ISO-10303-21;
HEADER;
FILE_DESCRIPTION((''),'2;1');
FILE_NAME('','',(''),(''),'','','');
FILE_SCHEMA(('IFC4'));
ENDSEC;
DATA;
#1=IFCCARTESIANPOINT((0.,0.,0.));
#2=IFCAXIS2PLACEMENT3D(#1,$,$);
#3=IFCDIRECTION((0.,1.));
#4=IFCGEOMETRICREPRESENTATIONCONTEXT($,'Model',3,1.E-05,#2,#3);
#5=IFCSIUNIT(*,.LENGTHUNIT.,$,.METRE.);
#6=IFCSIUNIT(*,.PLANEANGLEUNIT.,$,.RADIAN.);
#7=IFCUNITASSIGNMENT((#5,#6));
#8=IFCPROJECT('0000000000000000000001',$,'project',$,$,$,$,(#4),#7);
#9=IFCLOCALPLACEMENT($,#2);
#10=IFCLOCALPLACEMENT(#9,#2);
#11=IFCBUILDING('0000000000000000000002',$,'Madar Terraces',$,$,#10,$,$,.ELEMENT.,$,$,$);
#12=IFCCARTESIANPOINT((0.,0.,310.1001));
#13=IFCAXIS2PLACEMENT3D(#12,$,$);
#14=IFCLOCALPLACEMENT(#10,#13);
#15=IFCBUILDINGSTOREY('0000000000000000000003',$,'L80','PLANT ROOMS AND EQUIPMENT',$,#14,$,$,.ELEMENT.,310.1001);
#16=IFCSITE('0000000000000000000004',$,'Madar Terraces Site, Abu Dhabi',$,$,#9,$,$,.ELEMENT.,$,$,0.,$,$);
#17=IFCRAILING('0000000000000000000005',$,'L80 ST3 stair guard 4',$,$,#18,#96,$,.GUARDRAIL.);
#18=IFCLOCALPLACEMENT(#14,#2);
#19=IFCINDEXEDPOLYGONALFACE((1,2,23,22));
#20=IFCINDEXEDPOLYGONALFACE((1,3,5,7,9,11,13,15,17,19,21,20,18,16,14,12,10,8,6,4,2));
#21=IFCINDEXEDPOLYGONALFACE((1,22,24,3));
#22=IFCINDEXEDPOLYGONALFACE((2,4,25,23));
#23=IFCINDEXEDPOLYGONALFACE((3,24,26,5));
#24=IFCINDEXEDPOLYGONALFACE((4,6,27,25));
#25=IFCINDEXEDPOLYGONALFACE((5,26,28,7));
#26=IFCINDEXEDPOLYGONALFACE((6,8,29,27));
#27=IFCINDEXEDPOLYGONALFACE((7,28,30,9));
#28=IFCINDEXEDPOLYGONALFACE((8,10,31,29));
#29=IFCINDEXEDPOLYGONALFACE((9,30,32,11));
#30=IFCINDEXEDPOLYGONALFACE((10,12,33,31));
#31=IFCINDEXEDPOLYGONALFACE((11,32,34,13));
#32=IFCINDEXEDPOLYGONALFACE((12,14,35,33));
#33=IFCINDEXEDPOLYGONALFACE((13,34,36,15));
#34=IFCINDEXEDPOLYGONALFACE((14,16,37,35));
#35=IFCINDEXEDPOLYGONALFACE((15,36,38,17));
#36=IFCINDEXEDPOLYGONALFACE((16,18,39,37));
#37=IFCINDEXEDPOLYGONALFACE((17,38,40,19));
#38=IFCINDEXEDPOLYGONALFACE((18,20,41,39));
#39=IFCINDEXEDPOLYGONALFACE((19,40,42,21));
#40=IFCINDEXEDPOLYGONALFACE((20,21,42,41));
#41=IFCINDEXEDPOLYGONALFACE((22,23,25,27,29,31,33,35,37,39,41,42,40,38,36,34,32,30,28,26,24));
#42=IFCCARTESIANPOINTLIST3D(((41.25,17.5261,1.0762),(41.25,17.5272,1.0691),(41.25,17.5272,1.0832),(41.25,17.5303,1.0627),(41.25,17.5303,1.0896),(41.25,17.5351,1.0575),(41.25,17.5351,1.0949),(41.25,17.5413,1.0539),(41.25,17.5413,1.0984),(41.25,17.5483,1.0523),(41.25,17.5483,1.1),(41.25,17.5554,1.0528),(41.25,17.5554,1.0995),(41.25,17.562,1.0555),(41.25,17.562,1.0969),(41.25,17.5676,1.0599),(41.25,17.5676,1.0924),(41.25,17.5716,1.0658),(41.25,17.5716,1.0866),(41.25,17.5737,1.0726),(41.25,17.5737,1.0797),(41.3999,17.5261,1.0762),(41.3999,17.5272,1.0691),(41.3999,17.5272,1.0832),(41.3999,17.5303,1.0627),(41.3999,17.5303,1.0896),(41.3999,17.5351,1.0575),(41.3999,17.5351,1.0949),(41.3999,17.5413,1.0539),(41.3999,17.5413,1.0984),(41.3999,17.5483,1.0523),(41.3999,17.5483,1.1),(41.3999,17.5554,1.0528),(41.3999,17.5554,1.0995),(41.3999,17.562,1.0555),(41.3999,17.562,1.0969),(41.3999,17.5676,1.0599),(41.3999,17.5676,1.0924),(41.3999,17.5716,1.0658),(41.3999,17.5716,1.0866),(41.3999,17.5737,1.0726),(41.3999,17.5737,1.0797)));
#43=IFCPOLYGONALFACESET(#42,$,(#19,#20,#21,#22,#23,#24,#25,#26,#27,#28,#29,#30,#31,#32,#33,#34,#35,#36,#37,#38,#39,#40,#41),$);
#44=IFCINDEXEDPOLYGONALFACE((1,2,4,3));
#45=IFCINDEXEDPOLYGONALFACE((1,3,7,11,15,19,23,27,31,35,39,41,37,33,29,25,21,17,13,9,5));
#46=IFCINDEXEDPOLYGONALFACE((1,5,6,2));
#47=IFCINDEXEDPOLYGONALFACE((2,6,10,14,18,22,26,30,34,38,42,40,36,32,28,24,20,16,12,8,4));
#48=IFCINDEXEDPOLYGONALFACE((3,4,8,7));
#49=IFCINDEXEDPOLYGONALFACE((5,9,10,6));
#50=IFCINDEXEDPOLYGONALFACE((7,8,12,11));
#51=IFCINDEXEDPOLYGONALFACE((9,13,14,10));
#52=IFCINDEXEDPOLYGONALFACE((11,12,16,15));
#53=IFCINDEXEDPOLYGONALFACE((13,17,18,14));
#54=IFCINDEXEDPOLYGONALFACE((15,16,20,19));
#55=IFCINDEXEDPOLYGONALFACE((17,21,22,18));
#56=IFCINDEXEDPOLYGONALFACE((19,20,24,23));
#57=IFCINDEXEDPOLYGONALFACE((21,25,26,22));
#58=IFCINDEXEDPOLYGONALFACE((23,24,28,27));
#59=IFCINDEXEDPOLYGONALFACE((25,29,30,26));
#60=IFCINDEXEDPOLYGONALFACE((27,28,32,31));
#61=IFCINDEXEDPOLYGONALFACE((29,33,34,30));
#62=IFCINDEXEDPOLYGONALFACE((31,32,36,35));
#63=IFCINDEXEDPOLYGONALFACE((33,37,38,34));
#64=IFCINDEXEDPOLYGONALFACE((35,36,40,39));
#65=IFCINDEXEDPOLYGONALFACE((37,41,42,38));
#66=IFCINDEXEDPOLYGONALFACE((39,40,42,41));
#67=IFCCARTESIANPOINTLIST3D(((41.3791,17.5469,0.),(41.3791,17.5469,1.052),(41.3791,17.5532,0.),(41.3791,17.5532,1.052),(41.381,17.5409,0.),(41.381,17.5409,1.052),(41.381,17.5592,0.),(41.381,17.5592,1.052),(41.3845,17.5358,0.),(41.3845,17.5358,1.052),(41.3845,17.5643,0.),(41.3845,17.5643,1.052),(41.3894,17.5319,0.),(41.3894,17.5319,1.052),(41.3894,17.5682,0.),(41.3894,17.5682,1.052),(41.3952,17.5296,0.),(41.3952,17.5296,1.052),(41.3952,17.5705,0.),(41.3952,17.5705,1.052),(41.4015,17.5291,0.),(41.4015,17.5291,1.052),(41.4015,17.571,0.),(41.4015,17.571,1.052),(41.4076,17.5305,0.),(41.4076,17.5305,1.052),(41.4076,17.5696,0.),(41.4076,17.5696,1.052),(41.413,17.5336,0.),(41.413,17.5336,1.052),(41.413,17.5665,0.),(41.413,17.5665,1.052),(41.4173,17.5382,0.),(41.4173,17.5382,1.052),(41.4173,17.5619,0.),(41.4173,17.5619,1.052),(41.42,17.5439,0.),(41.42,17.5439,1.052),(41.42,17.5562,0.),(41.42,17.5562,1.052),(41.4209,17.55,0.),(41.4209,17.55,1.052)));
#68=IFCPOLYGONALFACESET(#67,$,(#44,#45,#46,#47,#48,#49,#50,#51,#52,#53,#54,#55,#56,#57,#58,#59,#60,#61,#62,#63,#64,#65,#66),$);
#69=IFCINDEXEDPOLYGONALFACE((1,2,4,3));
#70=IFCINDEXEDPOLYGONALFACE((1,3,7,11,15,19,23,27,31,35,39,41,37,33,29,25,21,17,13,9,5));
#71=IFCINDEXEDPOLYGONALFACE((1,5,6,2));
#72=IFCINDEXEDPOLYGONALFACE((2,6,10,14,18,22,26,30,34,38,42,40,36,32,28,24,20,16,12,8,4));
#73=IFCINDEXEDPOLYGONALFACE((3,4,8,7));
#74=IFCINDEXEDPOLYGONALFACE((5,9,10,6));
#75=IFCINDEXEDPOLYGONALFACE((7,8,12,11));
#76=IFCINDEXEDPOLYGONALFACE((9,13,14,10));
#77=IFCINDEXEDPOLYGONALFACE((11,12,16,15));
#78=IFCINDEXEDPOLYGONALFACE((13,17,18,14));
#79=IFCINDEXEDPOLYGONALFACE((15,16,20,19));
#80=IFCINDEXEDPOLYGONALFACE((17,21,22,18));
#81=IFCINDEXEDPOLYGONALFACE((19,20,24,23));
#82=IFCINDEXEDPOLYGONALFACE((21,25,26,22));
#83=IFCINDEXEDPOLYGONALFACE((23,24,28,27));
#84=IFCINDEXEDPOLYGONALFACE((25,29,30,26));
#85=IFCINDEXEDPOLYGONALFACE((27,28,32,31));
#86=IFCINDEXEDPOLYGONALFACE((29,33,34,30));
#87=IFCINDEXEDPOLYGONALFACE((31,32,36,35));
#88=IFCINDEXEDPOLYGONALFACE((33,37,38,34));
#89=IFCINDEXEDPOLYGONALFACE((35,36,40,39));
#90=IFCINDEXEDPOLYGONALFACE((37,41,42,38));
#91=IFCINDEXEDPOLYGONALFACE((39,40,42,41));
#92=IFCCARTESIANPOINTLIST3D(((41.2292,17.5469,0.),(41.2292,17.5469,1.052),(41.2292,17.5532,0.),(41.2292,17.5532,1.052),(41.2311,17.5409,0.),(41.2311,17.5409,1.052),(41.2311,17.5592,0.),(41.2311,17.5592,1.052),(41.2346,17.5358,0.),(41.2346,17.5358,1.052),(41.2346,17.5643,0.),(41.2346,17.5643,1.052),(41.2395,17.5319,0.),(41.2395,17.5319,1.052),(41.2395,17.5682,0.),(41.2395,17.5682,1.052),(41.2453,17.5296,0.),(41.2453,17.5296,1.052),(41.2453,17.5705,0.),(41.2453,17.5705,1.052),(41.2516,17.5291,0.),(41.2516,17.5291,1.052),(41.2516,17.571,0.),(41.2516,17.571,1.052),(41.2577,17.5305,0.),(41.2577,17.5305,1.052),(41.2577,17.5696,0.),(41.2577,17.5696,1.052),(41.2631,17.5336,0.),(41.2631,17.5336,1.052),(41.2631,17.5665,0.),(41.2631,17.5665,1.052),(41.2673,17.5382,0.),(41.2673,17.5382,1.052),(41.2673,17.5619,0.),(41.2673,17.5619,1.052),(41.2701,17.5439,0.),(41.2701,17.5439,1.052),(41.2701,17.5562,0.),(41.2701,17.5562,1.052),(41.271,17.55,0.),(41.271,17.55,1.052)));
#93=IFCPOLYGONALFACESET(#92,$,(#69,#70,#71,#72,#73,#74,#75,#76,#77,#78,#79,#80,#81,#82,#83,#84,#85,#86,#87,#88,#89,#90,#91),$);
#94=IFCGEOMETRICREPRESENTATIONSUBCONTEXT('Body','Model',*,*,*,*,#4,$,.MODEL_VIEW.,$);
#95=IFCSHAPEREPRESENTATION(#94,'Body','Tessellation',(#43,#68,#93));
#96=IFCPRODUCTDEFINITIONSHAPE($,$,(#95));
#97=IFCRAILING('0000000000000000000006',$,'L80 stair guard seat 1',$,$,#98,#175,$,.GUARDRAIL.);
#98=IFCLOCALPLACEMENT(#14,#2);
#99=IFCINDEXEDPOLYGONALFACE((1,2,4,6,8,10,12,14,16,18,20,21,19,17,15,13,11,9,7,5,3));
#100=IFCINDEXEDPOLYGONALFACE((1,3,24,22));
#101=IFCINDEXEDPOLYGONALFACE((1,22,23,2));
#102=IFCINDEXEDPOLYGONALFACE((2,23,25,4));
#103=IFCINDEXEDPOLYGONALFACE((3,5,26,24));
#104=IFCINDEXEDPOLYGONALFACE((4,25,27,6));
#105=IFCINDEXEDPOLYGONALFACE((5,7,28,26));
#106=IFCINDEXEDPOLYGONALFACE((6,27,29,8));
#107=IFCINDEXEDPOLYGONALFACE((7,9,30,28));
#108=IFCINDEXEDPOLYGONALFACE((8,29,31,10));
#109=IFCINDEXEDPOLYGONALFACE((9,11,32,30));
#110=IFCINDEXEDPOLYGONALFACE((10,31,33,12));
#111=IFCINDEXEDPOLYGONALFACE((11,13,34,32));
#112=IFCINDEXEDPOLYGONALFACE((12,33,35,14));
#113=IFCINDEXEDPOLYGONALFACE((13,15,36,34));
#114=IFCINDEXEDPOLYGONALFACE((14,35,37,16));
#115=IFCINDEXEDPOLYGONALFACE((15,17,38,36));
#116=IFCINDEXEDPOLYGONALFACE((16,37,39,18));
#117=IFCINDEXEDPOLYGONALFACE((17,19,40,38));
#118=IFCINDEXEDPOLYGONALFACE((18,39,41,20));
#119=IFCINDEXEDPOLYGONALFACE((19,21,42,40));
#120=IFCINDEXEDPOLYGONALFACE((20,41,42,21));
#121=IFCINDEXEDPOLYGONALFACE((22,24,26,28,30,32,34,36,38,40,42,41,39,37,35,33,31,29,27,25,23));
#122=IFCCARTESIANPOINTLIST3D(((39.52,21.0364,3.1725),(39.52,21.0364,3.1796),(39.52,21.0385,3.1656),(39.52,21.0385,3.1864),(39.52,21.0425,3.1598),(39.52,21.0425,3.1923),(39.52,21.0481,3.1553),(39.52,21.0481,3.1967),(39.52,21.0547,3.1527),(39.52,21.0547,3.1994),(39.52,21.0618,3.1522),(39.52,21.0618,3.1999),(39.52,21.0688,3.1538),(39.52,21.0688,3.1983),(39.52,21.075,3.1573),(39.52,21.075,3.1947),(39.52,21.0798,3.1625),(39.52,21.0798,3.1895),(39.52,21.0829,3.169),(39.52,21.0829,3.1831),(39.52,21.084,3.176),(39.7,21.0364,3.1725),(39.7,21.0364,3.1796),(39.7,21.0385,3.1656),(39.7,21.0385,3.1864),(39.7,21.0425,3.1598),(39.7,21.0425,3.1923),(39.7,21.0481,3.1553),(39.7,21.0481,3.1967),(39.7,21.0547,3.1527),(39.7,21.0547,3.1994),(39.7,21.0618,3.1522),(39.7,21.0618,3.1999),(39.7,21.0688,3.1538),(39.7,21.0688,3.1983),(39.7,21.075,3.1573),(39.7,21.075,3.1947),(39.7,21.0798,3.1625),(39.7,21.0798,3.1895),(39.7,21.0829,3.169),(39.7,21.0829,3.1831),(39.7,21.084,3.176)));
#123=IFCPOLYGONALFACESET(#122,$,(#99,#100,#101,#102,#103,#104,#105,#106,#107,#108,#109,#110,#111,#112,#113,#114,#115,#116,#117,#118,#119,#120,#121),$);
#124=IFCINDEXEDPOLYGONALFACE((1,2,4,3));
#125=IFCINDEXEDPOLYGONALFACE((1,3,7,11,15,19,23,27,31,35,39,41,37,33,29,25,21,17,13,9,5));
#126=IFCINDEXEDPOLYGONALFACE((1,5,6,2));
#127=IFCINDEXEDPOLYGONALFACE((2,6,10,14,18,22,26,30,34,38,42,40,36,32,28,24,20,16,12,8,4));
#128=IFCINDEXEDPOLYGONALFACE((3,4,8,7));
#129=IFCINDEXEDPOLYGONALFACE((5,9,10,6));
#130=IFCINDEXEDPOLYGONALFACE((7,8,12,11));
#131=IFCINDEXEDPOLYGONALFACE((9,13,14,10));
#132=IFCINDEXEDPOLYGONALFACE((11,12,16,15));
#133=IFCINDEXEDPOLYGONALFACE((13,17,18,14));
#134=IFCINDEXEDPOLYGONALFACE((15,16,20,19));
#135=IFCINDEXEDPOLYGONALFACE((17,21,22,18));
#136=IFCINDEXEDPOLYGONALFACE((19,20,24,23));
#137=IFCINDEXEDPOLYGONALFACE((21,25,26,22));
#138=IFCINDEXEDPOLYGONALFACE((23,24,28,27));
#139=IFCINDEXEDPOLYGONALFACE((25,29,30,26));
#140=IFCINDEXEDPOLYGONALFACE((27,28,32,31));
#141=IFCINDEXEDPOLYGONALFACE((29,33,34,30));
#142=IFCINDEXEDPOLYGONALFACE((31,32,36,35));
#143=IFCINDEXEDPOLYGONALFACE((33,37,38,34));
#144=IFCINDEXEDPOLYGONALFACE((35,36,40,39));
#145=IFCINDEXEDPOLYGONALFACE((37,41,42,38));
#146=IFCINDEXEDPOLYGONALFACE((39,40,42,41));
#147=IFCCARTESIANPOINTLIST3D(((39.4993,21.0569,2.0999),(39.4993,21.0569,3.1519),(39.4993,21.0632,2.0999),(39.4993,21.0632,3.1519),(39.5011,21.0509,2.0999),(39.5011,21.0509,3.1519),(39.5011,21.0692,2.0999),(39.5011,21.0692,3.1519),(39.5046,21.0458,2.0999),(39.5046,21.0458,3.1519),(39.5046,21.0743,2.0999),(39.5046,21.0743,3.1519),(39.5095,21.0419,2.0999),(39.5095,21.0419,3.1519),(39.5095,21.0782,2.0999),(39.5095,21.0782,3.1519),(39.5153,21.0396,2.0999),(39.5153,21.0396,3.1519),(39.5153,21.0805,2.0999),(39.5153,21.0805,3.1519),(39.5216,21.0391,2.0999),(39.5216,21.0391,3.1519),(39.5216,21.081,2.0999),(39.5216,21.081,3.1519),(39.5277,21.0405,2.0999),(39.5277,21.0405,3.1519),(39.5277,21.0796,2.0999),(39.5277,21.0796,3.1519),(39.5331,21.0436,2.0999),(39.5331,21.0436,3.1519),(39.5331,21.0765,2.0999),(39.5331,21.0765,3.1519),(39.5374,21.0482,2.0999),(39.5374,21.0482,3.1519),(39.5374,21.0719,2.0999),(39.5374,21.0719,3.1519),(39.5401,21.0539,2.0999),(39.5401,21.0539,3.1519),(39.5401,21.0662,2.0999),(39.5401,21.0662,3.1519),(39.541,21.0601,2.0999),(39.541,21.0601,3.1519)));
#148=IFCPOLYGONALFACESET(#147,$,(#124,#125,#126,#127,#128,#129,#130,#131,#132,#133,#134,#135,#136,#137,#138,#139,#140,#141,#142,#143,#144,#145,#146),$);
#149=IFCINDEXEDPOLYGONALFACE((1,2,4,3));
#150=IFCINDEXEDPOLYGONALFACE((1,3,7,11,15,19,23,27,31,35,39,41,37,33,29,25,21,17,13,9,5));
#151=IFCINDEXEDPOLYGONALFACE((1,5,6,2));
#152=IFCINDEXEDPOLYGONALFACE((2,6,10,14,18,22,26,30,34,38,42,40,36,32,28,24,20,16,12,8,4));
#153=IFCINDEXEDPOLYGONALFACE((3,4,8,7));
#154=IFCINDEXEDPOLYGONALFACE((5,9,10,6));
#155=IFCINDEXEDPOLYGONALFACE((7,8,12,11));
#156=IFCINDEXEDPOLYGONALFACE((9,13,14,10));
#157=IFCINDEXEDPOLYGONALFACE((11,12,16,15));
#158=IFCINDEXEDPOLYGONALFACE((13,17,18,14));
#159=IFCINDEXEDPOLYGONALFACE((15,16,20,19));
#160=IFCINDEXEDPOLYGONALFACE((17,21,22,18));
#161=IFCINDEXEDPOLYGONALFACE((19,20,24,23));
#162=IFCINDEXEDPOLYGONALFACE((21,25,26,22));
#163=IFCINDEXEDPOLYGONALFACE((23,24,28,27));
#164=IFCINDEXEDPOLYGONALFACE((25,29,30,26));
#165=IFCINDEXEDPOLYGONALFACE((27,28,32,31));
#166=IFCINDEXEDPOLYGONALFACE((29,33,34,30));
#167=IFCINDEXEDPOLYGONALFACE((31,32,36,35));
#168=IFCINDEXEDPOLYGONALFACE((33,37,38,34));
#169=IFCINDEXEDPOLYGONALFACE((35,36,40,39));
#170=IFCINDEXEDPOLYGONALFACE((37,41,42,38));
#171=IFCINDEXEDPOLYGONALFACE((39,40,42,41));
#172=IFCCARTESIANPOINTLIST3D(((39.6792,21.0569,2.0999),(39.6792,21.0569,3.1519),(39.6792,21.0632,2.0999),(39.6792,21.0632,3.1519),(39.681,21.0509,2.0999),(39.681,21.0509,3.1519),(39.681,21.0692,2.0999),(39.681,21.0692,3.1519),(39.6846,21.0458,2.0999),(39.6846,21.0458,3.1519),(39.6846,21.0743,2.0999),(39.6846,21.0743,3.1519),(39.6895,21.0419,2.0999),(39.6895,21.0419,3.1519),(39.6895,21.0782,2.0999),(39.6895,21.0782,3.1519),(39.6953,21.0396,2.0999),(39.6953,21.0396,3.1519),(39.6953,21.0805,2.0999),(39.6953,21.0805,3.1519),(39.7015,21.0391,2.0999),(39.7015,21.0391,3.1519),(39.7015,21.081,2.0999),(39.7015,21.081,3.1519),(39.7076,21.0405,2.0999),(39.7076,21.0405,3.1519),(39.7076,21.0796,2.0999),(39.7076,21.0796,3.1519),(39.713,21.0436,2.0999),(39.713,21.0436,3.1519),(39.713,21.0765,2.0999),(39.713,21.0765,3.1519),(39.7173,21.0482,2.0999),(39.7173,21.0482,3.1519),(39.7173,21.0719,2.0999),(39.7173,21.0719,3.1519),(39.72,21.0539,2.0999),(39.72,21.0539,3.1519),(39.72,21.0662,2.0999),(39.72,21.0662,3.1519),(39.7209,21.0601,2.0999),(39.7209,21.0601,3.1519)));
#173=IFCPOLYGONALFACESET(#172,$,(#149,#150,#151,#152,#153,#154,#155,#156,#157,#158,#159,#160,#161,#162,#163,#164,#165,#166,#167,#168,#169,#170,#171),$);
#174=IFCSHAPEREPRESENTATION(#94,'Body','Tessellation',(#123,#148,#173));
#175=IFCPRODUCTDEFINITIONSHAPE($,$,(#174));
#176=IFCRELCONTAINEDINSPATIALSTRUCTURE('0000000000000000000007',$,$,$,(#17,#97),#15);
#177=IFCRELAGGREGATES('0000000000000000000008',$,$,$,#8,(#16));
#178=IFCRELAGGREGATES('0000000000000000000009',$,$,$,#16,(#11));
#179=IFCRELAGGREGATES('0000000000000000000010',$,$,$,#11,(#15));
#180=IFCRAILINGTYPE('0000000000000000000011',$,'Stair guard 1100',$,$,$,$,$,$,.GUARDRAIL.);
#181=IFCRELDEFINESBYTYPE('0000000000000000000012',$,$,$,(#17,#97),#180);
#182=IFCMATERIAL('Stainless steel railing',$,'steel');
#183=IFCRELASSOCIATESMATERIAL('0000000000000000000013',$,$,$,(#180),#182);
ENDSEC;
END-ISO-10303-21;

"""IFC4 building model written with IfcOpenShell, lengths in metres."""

from ifc_helpers import new_model, si_unit, direction, frame, origin, origin_2d, place, context, subcontext, project, spatial, circle, extrude, material, type_object, element, save


model = new_model("IFC4")

# Units and contexts
model_context = context("Model", 3, precision=1e-05, world=origin(), true_north=direction((0.0, 1.0)))
body_context = subcontext(model_context, "Body", "Model", "MODEL_VIEW")
ifc_project = project(units=[si_unit("LENGTHUNIT", "METRE"), si_unit("PLANEANGLEUNIT", "RADIAN")], contexts=[model_context])

# Site, building, storey
site_placement = place(None, origin())
site = spatial("IfcSite", under=ifc_project, at=site_placement, Name="Madar Terraces Site, Abu Dhabi", CompositionType="ELEMENT", RefElevation=0.0)
building_placement = place(site_placement, origin())
building = spatial("IfcBuilding", under=site, at=building_placement, Name="Madar Terraces", CompositionType="ELEMENT")
storey_placement = place(building_placement, frame((0.0, 0.0, 310.1001)))
storey = spatial("IfcBuildingStorey", under=building, at=storey_placement, Name="L80", Description="PLANT ROOMS AND EQUIPMENT", CompositionType="ELEMENT", Elevation=310.1001)

# Railings
ifc_material_1 = material(Name="Stainless steel railing", Category="steel")
railing_type_1 = type_object("IfcRailingType", Name="Stair guard 1100", PredefinedType="GUARDRAIL", material=ifc_material_1)
railing_1_placement = place(storey_placement, frame((41.3999, 17.55, 0.0)))
element("IfcRailing", 1, at=railing_1_placement, inside=storey, type_object=railing_type_1, Name="L80 ST3 stair guard 4", PredefinedType="GUARDRAIL", context=body_context, shape_type="SweptSolid", body=[
    extrude(circle(Radius=0.0239, at=origin_2d()), frame((0.0, 0.0, 1.0762), z_axis=(-1.0, 0.0, 0.0), x_axis=(0.0, -1.0, 0.0)), (0.0, 0.0, 1.0), 0.1499),
    extrude(circle(Radius=0.021, at=origin_2d()), origin(), (0.0, 0.0, 1.0), 1.052),
    extrude(circle(Radius=0.021, at=origin_2d()), frame((-0.1499, 0.0, 0.0)), (0.0, 0.0, 1.0), 1.052),
])
for number, where, name in (
    (2, (39.52, 21.0601, 2.0999), "L80 stair guard seat 1"),
):
    element("IfcRailing", number, at=place(storey_placement, frame(where)), inside=storey, type_object=railing_type_1, Name=name, PredefinedType="GUARDRAIL", context=body_context, shape_type="SweptSolid", body=[
        extrude(circle(Radius=0.0239, at=origin_2d()), frame((0.0, 0.0, 1.0762), z_axis=(1.0, 0.0, 0.0), x_axis=(0.0, 1.0, 0.0)), (0.0, 0.0, 1.0), 0.1799),
        extrude(circle(Radius=0.021, at=origin_2d()), origin(), (0.0, 0.0, 1.0), 1.052),
        extrude(circle(Radius=0.021, at=origin_2d()), frame((0.1799, 0.0, 0.0)), (0.0, 0.0, 1.0), 1.052),
    ])

save(model, "model.ifc")
